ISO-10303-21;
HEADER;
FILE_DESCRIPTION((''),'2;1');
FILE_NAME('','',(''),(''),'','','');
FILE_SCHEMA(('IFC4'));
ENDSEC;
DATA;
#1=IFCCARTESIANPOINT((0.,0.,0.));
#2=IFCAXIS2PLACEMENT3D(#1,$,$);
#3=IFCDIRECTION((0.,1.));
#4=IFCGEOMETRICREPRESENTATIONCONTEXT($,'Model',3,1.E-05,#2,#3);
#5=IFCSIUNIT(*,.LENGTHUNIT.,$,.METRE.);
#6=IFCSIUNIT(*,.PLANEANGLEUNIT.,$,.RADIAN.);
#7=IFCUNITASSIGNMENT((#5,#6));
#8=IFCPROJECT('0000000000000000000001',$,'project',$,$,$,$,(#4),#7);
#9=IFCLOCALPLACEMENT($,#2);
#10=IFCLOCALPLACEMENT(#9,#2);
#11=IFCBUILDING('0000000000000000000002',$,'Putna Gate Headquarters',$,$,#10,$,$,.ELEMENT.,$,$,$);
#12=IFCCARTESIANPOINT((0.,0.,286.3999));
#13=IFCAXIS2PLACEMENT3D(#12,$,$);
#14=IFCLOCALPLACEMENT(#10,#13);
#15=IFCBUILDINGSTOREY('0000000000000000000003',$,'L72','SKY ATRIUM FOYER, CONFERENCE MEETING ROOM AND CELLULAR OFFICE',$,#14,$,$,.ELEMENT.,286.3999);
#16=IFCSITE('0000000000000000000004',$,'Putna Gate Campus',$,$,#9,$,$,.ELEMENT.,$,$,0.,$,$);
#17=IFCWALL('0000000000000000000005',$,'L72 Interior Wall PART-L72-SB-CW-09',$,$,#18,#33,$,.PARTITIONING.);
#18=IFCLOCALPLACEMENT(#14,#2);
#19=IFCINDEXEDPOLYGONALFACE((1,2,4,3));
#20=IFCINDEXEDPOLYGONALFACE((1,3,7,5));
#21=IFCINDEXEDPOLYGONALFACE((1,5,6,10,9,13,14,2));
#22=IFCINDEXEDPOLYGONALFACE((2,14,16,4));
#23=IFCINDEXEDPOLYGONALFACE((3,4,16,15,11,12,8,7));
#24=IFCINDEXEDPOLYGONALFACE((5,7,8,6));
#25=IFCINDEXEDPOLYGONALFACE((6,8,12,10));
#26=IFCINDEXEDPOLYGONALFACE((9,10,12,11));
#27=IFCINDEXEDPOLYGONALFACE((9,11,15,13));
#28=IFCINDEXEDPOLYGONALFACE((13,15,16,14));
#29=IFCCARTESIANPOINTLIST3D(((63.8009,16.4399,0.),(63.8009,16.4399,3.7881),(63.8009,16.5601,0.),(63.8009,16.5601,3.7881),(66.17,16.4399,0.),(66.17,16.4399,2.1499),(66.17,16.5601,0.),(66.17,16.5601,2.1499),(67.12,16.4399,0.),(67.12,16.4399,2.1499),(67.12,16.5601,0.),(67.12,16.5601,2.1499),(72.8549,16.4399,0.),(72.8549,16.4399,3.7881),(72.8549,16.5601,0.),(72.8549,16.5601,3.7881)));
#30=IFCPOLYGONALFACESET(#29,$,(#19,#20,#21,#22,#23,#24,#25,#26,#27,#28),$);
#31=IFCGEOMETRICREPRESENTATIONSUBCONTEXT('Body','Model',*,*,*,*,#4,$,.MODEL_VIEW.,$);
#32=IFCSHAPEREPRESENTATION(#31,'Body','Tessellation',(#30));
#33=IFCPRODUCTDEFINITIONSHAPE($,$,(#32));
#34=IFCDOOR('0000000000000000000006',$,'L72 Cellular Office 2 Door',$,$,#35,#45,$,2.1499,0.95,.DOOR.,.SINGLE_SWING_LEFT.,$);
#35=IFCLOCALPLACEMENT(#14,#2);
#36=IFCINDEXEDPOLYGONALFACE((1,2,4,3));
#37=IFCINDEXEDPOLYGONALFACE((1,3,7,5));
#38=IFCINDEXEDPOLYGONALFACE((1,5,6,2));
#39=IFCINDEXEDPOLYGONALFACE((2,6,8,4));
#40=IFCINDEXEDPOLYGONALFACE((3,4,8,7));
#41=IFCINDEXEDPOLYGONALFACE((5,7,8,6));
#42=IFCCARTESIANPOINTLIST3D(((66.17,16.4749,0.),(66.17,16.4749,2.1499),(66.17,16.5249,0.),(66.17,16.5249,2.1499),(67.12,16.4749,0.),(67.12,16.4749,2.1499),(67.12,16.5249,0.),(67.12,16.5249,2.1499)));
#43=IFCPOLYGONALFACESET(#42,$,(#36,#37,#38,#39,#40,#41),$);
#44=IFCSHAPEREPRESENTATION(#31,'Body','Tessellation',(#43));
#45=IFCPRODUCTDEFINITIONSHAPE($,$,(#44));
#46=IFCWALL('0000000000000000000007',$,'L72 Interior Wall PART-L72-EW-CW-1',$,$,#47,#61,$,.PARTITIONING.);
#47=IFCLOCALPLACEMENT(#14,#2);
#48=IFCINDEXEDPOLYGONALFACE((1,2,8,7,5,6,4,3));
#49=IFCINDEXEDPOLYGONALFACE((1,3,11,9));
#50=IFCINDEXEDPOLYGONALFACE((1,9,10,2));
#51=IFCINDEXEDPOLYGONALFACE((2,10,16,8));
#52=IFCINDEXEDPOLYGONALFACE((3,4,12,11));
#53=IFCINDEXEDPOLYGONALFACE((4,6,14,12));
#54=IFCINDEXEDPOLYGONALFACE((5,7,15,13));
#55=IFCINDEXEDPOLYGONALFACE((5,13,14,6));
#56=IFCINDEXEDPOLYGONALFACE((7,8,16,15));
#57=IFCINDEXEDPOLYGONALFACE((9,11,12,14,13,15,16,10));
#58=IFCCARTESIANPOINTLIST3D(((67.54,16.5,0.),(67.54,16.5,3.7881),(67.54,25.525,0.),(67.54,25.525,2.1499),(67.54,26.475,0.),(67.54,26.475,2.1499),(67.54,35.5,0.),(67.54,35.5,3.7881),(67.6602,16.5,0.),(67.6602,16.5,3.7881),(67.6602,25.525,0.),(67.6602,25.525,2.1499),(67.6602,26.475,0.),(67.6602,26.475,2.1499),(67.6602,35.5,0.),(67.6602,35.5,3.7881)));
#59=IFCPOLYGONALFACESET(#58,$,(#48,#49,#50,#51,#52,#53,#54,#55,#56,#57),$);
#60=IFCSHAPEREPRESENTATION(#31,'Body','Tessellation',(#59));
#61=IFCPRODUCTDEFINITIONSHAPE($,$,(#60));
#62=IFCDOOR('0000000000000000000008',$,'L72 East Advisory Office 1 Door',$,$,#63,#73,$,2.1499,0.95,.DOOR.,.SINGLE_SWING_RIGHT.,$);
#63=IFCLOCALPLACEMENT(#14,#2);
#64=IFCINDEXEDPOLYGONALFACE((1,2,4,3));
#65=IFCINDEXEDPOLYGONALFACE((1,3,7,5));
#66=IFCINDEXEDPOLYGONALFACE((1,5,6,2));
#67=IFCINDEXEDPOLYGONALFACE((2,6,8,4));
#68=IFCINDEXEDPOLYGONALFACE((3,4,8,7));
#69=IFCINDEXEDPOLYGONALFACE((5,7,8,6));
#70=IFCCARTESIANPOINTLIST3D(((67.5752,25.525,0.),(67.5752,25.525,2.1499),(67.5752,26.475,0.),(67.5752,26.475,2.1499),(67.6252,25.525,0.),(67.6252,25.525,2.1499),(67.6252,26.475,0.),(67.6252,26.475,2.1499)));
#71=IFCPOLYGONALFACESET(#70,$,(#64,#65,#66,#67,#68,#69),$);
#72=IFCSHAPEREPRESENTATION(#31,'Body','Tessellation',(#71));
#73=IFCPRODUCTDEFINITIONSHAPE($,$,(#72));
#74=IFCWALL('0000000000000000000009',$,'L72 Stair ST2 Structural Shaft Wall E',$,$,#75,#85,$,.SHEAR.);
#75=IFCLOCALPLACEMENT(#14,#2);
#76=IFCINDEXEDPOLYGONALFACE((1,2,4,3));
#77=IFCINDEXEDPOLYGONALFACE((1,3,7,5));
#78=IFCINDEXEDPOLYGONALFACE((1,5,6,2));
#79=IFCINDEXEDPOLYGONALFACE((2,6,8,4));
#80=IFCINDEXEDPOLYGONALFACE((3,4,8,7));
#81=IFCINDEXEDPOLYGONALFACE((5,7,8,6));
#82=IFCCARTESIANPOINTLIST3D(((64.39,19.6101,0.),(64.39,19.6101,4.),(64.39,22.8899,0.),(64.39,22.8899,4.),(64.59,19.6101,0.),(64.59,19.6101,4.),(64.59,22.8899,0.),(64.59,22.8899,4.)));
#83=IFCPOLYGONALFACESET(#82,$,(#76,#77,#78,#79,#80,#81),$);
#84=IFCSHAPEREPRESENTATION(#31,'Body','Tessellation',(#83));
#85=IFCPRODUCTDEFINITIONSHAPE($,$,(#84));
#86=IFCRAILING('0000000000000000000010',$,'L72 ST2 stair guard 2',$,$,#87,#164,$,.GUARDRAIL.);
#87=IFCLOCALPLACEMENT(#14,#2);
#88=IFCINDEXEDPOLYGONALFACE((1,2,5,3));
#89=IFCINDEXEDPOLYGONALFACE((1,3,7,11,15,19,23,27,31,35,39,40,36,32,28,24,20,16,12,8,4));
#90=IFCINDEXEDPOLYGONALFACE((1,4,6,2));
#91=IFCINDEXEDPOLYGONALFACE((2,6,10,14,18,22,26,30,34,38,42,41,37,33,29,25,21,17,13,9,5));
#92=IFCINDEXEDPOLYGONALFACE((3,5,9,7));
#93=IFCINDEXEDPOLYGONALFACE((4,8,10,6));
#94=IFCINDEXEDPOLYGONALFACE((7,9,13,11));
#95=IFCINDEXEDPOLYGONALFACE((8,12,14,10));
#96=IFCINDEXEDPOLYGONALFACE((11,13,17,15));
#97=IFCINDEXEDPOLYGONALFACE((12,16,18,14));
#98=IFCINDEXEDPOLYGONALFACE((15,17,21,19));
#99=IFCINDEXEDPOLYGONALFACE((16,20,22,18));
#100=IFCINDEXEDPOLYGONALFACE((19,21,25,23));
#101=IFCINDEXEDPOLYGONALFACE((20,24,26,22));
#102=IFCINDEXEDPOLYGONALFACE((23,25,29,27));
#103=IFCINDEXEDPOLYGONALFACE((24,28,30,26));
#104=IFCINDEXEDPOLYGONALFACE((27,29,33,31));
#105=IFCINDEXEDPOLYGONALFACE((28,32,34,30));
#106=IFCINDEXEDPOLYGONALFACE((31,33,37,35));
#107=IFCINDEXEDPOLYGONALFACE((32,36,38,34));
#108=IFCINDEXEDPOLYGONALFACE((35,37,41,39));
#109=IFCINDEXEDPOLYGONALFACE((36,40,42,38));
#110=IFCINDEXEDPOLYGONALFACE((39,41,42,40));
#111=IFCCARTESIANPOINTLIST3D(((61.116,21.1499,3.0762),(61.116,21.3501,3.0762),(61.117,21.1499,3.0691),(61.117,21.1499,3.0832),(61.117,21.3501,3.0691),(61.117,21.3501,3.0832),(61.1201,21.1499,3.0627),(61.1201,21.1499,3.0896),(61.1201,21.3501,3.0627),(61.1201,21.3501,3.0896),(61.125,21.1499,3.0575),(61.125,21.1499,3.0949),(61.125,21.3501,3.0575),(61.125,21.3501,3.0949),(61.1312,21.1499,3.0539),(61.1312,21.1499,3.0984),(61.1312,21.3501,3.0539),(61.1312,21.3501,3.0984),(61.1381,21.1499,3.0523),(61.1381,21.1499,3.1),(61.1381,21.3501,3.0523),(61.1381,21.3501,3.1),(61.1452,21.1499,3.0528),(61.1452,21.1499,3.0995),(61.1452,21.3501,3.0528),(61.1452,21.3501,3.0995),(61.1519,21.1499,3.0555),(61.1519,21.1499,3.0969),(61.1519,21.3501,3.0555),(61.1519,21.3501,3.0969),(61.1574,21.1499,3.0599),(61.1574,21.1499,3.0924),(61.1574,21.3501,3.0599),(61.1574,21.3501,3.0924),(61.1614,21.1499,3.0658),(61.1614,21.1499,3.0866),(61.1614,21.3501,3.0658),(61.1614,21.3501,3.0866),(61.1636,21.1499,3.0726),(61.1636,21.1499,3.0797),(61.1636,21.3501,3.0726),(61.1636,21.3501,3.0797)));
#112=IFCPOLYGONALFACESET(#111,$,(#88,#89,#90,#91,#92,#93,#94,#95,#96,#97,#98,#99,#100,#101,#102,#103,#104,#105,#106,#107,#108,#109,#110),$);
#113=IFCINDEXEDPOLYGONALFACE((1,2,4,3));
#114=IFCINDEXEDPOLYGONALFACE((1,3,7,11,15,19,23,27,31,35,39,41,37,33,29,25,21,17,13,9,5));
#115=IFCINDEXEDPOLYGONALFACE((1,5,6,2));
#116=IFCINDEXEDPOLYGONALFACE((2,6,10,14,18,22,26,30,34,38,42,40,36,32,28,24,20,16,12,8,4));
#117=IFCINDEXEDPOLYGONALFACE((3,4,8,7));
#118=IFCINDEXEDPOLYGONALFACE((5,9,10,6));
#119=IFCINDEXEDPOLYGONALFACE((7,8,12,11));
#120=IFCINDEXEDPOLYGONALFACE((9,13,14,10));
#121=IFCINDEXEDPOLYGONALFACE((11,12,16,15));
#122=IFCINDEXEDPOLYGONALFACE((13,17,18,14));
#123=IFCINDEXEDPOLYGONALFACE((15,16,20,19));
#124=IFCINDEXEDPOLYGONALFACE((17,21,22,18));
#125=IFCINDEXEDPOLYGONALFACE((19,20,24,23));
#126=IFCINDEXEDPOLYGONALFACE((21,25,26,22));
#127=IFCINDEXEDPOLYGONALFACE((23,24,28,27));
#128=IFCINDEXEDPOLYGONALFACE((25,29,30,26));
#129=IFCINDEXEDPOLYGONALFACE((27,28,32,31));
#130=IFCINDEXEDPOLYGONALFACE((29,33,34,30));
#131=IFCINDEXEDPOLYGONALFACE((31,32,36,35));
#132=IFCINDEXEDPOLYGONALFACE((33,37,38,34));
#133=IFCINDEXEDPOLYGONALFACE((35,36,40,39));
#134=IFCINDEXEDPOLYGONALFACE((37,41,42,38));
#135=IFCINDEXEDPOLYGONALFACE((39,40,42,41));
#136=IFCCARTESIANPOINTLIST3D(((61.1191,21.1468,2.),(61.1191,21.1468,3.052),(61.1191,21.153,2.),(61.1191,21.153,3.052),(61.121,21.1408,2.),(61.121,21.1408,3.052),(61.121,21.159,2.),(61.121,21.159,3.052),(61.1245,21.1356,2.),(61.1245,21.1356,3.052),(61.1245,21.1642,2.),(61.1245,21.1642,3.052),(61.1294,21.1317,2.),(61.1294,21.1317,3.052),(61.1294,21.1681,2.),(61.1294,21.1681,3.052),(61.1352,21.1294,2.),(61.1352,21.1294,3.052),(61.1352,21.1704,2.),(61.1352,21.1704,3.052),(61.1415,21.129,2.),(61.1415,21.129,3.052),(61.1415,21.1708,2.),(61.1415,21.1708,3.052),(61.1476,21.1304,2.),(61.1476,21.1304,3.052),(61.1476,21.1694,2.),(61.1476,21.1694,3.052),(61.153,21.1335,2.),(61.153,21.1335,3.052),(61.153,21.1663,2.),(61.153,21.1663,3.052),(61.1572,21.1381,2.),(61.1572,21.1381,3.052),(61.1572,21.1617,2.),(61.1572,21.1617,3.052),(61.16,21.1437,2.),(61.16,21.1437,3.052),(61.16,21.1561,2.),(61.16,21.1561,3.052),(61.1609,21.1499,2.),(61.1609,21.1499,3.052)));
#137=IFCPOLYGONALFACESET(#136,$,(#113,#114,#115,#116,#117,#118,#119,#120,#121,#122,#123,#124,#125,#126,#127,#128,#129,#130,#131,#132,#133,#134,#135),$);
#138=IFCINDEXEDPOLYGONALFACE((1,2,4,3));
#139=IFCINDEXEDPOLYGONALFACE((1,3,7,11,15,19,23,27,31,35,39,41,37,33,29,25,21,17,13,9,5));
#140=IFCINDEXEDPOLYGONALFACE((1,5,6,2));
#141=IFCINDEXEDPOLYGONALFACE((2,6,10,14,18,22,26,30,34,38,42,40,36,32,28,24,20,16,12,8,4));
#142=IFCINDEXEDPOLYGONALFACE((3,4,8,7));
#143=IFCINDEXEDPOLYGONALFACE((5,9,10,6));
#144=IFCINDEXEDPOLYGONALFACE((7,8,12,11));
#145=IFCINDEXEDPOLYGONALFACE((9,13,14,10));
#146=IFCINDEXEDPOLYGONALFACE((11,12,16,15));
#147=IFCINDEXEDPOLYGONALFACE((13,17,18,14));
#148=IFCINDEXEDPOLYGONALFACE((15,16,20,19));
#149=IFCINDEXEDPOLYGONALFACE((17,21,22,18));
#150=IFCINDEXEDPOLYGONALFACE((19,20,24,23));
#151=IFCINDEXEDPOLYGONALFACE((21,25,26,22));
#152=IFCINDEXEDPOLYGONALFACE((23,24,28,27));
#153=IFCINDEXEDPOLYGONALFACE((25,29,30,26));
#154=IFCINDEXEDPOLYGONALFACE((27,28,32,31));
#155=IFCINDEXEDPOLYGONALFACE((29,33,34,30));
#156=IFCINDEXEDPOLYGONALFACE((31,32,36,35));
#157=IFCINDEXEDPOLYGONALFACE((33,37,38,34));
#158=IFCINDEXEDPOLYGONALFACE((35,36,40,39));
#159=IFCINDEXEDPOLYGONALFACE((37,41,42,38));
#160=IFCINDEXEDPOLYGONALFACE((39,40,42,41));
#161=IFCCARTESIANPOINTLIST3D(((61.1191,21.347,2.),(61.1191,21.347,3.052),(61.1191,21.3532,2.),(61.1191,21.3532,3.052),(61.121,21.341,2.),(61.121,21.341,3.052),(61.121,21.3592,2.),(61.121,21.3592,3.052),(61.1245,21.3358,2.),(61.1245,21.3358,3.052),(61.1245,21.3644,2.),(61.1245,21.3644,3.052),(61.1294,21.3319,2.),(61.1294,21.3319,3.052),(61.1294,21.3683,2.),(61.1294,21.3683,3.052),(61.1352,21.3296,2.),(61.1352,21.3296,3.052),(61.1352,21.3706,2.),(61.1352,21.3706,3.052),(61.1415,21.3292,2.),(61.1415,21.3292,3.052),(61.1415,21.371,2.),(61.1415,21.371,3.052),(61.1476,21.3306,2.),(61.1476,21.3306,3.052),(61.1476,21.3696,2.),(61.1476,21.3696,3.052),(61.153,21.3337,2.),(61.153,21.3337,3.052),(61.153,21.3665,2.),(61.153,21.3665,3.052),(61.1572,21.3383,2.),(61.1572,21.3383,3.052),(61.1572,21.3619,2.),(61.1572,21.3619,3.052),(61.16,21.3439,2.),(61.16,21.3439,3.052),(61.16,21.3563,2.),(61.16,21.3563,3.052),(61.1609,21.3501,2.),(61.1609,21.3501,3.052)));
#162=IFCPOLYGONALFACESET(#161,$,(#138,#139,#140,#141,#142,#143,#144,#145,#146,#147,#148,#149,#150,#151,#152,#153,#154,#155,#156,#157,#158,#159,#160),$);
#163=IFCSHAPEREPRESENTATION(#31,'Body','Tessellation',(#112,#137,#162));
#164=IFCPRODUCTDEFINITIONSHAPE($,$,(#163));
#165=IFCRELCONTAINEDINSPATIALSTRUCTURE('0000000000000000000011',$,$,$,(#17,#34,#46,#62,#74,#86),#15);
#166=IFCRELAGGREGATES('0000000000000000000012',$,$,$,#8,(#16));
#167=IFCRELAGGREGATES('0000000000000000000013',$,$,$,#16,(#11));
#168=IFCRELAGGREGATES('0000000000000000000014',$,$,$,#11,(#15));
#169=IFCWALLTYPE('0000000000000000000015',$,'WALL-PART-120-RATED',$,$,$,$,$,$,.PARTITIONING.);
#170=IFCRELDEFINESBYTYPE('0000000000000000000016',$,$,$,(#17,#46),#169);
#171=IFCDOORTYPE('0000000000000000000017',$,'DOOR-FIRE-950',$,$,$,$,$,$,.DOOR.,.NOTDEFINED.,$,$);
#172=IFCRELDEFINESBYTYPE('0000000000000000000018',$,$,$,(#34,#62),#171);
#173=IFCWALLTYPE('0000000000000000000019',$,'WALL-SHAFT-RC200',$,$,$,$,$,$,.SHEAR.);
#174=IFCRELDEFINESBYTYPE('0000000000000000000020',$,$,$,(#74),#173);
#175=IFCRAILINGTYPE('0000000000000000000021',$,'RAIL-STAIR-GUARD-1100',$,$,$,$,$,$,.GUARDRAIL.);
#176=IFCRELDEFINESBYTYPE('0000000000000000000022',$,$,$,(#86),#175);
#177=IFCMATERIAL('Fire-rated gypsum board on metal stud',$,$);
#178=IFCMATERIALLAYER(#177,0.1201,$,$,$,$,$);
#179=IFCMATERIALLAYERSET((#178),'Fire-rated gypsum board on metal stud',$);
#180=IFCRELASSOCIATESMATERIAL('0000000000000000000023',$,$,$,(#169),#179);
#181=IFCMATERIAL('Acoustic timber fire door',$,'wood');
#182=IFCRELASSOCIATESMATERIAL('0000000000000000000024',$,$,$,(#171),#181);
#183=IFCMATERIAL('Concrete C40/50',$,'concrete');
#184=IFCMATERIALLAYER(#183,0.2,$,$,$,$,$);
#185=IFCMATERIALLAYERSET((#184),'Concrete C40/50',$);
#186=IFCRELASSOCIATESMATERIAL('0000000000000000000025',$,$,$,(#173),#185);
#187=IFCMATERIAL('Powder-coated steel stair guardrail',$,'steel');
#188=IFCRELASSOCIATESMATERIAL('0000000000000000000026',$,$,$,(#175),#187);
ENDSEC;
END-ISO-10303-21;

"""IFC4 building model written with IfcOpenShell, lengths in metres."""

from ifc_helpers import new_model, si_unit, direction, frame, frame_2d, origin, origin_2d, place, context, subcontext, project, spatial, rectangle, circle, extrude, material, layer, layer_set, type_object, element, fill, save


model = new_model("IFC4")

# Units and contexts
model_context = context("Model", 3, precision=1e-05, world=origin(), true_north=direction((0.0, 1.0)))
body_context = subcontext(model_context, "Body", "Model", "MODEL_VIEW")
ifc_project = project(units=[si_unit("LENGTHUNIT", "METRE"), si_unit("PLANEANGLEUNIT", "RADIAN")], contexts=[model_context])

# Site, building, storey
site_placement = place(None, origin())
site = spatial("IfcSite", under=ifc_project, at=site_placement, Name="Putna Gate Campus", CompositionType="ELEMENT", RefElevation=0.0)
building_placement = place(site_placement, origin())
building = spatial("IfcBuilding", under=site, at=building_placement, Name="Putna Gate Headquarters", CompositionType="ELEMENT")
storey_placement = place(building_placement, frame((0.0, 0.0, 286.3999)))
storey = spatial("IfcBuildingStorey", under=building, at=storey_placement, Name="L72", Description="SKY ATRIUM FOYER, CONFERENCE MEETING ROOM AND CELLULAR OFFICE", CompositionType="ELEMENT", Elevation=286.3999)

# Walls, openings, doors
ifc_material_1 = material(Name="Fire-rated gypsum board on metal stud")
ifc_layer_1 = layer(ifc_material_1, 0.1201)
ifc_layer_set_1 = layer_set([ifc_layer_1], Name="Fire-rated gypsum board on metal stud")
wall_type_1 = type_object("IfcWallType", Name="WALL-PART-120-RATED", PredefinedType="PARTITIONING", material=ifc_layer_set_1)
wall_1_placement = place(storey_placement, frame((63.801, 16.5, 0.0), z_axis=(0.0, 0.0, 1.0), x_axis=(1.0, 0.0, 0.0)))
wall_1 = element("IfcWall", 1, at=wall_1_placement, inside=storey, type_object=wall_type_1, Name="L72 Interior Wall PART-L72-SB-CW-09", PredefinedType="PARTITIONING", context=body_context, shape_type="SweptSolid", body=[
    extrude(rectangle(XDim=9.054, YDim=0.1201, at=frame_2d((4.5269, 0.0))), origin(), (0.0, 0.0, 1.0), 3.7881),
])
opening_1_placement = place(wall_1_placement, frame((2.3689, 0.0, 0.0)))
opening_1 = element("IfcOpeningElement", 2, at=opening_1_placement, cuts=wall_1, PredefinedType="OPENING", context=body_context, shape_type="SweptSolid", body=[
    extrude(rectangle(XDim=0.95, YDim=2.1499, at=frame_2d((0.4751, 1.075))), frame((0.0, 0.0701, 0.0), z_axis=(0.0, -1.0, 0.0), x_axis=(1.0, 0.0, 0.0)), (0.0, 0.0, 1.0), 0.1401),
])
ifc_material_2 = material(Name="Acoustic timber fire door", Category="wood")
door_type_1 = type_object("IfcDoorType", Name="DOOR-FIRE-950", OperationType="NOTDEFINED", PredefinedType="DOOR", material=ifc_material_2)
door_1_placement = place(opening_1_placement, origin())
door_1 = element("IfcDoor", 3, at=door_1_placement, inside=storey, type_object=door_type_1, Name="L72 Cellular Office 2 Door", OperationType="SINGLE_SWING_LEFT", OverallHeight=2.1499, OverallWidth=0.95, PredefinedType="DOOR", context=body_context, shape_type="SweptSolid", body=[
    extrude(rectangle(XDim=0.95, YDim=2.1499, at=frame_2d((0.4751, 1.075))), frame((0.0, 0.0249, 0.0), z_axis=(0.0, -1.0, 0.0), x_axis=(1.0, 0.0, 0.0)), (0.0, 0.0, 1.0), 0.05),
])
fill(opening_1, door_1)
wall_2_placement = place(storey_placement, frame((67.6001, 16.5, 0.0), z_axis=(0.0, 0.0, 1.0), x_axis=(0.0, 1.0, 0.0)))
wall_2 = element("IfcWall", 4, at=wall_2_placement, inside=storey, type_object=wall_type_1, Name="L72 Interior Wall PART-L72-EW-CW-1", PredefinedType="PARTITIONING", context=body_context, shape_type="SweptSolid", body=[
    extrude(rectangle(XDim=19.0, YDim=0.1201, at=frame_2d((9.5, 0.0))), origin(), (0.0, 0.0, 1.0), 3.7881),
])
opening_2_placement = place(wall_2_placement, frame((9.0249, 0.0, 0.0)))
opening_2 = element("IfcOpeningElement", 5, at=opening_2_placement, cuts=wall_2, PredefinedType="OPENING", context=body_context, shape_type="SweptSolid", body=[
    extrude(rectangle(XDim=0.95, YDim=2.1499, at=frame_2d((0.4751, 1.075))), frame((0.0, 0.0701, 0.0), z_axis=(0.0, -1.0, 0.0), x_axis=(1.0, 0.0, 0.0)), (0.0, 0.0, 1.0), 0.1401),
])
door_2_placement = place(opening_2_placement, origin())
door_2 = element("IfcDoor", 6, at=door_2_placement, inside=storey, type_object=door_type_1, Name="L72 East Advisory Office 1 Door", OperationType="SINGLE_SWING_RIGHT", OverallHeight=2.1499, OverallWidth=0.95, PredefinedType="DOOR", context=body_context, shape_type="SweptSolid", body=[
    extrude(rectangle(XDim=0.95, YDim=2.1499, at=frame_2d((0.4751, 1.075))), frame((0.0, 0.0249, 0.0), z_axis=(0.0, -1.0, 0.0), x_axis=(1.0, 0.0, 0.0)), (0.0, 0.0, 1.0), 0.05),
])
fill(opening_2, door_2)

# Wall
ifc_material_3 = material(Name="Concrete C40/50", Category="concrete")
ifc_layer_2 = layer(ifc_material_3, 0.2)
ifc_layer_set_2 = layer_set([ifc_layer_2], Name="Concrete C40/50")
wall_type_2 = type_object("IfcWallType", Name="WALL-SHAFT-RC200", PredefinedType="SHEAR", material=ifc_layer_set_2)
wall_3_placement = place(storey_placement, frame((64.49, 19.6101, 0.0), z_axis=(0.0, 0.0, 1.0), x_axis=(0.0, 1.0, 0.0)))
element("IfcWall", 7, at=wall_3_placement, inside=storey, type_object=wall_type_2, Name="L72 Stair ST2 Structural Shaft Wall E", PredefinedType="SHEAR", context=body_context, shape_type="SweptSolid", body=[
    extrude(rectangle(XDim=3.2798, YDim=0.2, at=frame_2d((1.6399, 0.0))), origin(), (0.0, 0.0, 1.0), 4.0),
])

# Railing
ifc_material_4 = material(Name="Powder-coated steel stair guardrail", Category="steel")
railing_type = type_object("IfcRailingType", Name="RAIL-STAIR-GUARD-1100", PredefinedType="GUARDRAIL", material=ifc_material_4)
railing_1_placement = place(storey_placement, frame((61.1399, 21.1499, 2.0)))
element("IfcRailing", 8, at=railing_1_placement, inside=storey, type_object=railing_type, Name="L72 ST2 stair guard 2", PredefinedType="GUARDRAIL", context=body_context, shape_type="SweptSolid", body=[
    extrude(circle(Radius=0.0239, at=origin_2d()), frame((0.0, 0.0, 1.0762), z_axis=(0.0, 1.0, 0.0), x_axis=(-1.0, 0.0, 0.0)), (0.0, 0.0, 1.0), 0.2002),
    extrude(circle(Radius=0.021, at=origin_2d()), origin(), (0.0, 0.0, 1.0), 1.052),
    extrude(circle(Radius=0.021, at=origin_2d()), frame((0.0, 0.2002, 0.0)), (0.0, 0.0, 1.0), 1.052),
])

save(model, "model.ifc")
